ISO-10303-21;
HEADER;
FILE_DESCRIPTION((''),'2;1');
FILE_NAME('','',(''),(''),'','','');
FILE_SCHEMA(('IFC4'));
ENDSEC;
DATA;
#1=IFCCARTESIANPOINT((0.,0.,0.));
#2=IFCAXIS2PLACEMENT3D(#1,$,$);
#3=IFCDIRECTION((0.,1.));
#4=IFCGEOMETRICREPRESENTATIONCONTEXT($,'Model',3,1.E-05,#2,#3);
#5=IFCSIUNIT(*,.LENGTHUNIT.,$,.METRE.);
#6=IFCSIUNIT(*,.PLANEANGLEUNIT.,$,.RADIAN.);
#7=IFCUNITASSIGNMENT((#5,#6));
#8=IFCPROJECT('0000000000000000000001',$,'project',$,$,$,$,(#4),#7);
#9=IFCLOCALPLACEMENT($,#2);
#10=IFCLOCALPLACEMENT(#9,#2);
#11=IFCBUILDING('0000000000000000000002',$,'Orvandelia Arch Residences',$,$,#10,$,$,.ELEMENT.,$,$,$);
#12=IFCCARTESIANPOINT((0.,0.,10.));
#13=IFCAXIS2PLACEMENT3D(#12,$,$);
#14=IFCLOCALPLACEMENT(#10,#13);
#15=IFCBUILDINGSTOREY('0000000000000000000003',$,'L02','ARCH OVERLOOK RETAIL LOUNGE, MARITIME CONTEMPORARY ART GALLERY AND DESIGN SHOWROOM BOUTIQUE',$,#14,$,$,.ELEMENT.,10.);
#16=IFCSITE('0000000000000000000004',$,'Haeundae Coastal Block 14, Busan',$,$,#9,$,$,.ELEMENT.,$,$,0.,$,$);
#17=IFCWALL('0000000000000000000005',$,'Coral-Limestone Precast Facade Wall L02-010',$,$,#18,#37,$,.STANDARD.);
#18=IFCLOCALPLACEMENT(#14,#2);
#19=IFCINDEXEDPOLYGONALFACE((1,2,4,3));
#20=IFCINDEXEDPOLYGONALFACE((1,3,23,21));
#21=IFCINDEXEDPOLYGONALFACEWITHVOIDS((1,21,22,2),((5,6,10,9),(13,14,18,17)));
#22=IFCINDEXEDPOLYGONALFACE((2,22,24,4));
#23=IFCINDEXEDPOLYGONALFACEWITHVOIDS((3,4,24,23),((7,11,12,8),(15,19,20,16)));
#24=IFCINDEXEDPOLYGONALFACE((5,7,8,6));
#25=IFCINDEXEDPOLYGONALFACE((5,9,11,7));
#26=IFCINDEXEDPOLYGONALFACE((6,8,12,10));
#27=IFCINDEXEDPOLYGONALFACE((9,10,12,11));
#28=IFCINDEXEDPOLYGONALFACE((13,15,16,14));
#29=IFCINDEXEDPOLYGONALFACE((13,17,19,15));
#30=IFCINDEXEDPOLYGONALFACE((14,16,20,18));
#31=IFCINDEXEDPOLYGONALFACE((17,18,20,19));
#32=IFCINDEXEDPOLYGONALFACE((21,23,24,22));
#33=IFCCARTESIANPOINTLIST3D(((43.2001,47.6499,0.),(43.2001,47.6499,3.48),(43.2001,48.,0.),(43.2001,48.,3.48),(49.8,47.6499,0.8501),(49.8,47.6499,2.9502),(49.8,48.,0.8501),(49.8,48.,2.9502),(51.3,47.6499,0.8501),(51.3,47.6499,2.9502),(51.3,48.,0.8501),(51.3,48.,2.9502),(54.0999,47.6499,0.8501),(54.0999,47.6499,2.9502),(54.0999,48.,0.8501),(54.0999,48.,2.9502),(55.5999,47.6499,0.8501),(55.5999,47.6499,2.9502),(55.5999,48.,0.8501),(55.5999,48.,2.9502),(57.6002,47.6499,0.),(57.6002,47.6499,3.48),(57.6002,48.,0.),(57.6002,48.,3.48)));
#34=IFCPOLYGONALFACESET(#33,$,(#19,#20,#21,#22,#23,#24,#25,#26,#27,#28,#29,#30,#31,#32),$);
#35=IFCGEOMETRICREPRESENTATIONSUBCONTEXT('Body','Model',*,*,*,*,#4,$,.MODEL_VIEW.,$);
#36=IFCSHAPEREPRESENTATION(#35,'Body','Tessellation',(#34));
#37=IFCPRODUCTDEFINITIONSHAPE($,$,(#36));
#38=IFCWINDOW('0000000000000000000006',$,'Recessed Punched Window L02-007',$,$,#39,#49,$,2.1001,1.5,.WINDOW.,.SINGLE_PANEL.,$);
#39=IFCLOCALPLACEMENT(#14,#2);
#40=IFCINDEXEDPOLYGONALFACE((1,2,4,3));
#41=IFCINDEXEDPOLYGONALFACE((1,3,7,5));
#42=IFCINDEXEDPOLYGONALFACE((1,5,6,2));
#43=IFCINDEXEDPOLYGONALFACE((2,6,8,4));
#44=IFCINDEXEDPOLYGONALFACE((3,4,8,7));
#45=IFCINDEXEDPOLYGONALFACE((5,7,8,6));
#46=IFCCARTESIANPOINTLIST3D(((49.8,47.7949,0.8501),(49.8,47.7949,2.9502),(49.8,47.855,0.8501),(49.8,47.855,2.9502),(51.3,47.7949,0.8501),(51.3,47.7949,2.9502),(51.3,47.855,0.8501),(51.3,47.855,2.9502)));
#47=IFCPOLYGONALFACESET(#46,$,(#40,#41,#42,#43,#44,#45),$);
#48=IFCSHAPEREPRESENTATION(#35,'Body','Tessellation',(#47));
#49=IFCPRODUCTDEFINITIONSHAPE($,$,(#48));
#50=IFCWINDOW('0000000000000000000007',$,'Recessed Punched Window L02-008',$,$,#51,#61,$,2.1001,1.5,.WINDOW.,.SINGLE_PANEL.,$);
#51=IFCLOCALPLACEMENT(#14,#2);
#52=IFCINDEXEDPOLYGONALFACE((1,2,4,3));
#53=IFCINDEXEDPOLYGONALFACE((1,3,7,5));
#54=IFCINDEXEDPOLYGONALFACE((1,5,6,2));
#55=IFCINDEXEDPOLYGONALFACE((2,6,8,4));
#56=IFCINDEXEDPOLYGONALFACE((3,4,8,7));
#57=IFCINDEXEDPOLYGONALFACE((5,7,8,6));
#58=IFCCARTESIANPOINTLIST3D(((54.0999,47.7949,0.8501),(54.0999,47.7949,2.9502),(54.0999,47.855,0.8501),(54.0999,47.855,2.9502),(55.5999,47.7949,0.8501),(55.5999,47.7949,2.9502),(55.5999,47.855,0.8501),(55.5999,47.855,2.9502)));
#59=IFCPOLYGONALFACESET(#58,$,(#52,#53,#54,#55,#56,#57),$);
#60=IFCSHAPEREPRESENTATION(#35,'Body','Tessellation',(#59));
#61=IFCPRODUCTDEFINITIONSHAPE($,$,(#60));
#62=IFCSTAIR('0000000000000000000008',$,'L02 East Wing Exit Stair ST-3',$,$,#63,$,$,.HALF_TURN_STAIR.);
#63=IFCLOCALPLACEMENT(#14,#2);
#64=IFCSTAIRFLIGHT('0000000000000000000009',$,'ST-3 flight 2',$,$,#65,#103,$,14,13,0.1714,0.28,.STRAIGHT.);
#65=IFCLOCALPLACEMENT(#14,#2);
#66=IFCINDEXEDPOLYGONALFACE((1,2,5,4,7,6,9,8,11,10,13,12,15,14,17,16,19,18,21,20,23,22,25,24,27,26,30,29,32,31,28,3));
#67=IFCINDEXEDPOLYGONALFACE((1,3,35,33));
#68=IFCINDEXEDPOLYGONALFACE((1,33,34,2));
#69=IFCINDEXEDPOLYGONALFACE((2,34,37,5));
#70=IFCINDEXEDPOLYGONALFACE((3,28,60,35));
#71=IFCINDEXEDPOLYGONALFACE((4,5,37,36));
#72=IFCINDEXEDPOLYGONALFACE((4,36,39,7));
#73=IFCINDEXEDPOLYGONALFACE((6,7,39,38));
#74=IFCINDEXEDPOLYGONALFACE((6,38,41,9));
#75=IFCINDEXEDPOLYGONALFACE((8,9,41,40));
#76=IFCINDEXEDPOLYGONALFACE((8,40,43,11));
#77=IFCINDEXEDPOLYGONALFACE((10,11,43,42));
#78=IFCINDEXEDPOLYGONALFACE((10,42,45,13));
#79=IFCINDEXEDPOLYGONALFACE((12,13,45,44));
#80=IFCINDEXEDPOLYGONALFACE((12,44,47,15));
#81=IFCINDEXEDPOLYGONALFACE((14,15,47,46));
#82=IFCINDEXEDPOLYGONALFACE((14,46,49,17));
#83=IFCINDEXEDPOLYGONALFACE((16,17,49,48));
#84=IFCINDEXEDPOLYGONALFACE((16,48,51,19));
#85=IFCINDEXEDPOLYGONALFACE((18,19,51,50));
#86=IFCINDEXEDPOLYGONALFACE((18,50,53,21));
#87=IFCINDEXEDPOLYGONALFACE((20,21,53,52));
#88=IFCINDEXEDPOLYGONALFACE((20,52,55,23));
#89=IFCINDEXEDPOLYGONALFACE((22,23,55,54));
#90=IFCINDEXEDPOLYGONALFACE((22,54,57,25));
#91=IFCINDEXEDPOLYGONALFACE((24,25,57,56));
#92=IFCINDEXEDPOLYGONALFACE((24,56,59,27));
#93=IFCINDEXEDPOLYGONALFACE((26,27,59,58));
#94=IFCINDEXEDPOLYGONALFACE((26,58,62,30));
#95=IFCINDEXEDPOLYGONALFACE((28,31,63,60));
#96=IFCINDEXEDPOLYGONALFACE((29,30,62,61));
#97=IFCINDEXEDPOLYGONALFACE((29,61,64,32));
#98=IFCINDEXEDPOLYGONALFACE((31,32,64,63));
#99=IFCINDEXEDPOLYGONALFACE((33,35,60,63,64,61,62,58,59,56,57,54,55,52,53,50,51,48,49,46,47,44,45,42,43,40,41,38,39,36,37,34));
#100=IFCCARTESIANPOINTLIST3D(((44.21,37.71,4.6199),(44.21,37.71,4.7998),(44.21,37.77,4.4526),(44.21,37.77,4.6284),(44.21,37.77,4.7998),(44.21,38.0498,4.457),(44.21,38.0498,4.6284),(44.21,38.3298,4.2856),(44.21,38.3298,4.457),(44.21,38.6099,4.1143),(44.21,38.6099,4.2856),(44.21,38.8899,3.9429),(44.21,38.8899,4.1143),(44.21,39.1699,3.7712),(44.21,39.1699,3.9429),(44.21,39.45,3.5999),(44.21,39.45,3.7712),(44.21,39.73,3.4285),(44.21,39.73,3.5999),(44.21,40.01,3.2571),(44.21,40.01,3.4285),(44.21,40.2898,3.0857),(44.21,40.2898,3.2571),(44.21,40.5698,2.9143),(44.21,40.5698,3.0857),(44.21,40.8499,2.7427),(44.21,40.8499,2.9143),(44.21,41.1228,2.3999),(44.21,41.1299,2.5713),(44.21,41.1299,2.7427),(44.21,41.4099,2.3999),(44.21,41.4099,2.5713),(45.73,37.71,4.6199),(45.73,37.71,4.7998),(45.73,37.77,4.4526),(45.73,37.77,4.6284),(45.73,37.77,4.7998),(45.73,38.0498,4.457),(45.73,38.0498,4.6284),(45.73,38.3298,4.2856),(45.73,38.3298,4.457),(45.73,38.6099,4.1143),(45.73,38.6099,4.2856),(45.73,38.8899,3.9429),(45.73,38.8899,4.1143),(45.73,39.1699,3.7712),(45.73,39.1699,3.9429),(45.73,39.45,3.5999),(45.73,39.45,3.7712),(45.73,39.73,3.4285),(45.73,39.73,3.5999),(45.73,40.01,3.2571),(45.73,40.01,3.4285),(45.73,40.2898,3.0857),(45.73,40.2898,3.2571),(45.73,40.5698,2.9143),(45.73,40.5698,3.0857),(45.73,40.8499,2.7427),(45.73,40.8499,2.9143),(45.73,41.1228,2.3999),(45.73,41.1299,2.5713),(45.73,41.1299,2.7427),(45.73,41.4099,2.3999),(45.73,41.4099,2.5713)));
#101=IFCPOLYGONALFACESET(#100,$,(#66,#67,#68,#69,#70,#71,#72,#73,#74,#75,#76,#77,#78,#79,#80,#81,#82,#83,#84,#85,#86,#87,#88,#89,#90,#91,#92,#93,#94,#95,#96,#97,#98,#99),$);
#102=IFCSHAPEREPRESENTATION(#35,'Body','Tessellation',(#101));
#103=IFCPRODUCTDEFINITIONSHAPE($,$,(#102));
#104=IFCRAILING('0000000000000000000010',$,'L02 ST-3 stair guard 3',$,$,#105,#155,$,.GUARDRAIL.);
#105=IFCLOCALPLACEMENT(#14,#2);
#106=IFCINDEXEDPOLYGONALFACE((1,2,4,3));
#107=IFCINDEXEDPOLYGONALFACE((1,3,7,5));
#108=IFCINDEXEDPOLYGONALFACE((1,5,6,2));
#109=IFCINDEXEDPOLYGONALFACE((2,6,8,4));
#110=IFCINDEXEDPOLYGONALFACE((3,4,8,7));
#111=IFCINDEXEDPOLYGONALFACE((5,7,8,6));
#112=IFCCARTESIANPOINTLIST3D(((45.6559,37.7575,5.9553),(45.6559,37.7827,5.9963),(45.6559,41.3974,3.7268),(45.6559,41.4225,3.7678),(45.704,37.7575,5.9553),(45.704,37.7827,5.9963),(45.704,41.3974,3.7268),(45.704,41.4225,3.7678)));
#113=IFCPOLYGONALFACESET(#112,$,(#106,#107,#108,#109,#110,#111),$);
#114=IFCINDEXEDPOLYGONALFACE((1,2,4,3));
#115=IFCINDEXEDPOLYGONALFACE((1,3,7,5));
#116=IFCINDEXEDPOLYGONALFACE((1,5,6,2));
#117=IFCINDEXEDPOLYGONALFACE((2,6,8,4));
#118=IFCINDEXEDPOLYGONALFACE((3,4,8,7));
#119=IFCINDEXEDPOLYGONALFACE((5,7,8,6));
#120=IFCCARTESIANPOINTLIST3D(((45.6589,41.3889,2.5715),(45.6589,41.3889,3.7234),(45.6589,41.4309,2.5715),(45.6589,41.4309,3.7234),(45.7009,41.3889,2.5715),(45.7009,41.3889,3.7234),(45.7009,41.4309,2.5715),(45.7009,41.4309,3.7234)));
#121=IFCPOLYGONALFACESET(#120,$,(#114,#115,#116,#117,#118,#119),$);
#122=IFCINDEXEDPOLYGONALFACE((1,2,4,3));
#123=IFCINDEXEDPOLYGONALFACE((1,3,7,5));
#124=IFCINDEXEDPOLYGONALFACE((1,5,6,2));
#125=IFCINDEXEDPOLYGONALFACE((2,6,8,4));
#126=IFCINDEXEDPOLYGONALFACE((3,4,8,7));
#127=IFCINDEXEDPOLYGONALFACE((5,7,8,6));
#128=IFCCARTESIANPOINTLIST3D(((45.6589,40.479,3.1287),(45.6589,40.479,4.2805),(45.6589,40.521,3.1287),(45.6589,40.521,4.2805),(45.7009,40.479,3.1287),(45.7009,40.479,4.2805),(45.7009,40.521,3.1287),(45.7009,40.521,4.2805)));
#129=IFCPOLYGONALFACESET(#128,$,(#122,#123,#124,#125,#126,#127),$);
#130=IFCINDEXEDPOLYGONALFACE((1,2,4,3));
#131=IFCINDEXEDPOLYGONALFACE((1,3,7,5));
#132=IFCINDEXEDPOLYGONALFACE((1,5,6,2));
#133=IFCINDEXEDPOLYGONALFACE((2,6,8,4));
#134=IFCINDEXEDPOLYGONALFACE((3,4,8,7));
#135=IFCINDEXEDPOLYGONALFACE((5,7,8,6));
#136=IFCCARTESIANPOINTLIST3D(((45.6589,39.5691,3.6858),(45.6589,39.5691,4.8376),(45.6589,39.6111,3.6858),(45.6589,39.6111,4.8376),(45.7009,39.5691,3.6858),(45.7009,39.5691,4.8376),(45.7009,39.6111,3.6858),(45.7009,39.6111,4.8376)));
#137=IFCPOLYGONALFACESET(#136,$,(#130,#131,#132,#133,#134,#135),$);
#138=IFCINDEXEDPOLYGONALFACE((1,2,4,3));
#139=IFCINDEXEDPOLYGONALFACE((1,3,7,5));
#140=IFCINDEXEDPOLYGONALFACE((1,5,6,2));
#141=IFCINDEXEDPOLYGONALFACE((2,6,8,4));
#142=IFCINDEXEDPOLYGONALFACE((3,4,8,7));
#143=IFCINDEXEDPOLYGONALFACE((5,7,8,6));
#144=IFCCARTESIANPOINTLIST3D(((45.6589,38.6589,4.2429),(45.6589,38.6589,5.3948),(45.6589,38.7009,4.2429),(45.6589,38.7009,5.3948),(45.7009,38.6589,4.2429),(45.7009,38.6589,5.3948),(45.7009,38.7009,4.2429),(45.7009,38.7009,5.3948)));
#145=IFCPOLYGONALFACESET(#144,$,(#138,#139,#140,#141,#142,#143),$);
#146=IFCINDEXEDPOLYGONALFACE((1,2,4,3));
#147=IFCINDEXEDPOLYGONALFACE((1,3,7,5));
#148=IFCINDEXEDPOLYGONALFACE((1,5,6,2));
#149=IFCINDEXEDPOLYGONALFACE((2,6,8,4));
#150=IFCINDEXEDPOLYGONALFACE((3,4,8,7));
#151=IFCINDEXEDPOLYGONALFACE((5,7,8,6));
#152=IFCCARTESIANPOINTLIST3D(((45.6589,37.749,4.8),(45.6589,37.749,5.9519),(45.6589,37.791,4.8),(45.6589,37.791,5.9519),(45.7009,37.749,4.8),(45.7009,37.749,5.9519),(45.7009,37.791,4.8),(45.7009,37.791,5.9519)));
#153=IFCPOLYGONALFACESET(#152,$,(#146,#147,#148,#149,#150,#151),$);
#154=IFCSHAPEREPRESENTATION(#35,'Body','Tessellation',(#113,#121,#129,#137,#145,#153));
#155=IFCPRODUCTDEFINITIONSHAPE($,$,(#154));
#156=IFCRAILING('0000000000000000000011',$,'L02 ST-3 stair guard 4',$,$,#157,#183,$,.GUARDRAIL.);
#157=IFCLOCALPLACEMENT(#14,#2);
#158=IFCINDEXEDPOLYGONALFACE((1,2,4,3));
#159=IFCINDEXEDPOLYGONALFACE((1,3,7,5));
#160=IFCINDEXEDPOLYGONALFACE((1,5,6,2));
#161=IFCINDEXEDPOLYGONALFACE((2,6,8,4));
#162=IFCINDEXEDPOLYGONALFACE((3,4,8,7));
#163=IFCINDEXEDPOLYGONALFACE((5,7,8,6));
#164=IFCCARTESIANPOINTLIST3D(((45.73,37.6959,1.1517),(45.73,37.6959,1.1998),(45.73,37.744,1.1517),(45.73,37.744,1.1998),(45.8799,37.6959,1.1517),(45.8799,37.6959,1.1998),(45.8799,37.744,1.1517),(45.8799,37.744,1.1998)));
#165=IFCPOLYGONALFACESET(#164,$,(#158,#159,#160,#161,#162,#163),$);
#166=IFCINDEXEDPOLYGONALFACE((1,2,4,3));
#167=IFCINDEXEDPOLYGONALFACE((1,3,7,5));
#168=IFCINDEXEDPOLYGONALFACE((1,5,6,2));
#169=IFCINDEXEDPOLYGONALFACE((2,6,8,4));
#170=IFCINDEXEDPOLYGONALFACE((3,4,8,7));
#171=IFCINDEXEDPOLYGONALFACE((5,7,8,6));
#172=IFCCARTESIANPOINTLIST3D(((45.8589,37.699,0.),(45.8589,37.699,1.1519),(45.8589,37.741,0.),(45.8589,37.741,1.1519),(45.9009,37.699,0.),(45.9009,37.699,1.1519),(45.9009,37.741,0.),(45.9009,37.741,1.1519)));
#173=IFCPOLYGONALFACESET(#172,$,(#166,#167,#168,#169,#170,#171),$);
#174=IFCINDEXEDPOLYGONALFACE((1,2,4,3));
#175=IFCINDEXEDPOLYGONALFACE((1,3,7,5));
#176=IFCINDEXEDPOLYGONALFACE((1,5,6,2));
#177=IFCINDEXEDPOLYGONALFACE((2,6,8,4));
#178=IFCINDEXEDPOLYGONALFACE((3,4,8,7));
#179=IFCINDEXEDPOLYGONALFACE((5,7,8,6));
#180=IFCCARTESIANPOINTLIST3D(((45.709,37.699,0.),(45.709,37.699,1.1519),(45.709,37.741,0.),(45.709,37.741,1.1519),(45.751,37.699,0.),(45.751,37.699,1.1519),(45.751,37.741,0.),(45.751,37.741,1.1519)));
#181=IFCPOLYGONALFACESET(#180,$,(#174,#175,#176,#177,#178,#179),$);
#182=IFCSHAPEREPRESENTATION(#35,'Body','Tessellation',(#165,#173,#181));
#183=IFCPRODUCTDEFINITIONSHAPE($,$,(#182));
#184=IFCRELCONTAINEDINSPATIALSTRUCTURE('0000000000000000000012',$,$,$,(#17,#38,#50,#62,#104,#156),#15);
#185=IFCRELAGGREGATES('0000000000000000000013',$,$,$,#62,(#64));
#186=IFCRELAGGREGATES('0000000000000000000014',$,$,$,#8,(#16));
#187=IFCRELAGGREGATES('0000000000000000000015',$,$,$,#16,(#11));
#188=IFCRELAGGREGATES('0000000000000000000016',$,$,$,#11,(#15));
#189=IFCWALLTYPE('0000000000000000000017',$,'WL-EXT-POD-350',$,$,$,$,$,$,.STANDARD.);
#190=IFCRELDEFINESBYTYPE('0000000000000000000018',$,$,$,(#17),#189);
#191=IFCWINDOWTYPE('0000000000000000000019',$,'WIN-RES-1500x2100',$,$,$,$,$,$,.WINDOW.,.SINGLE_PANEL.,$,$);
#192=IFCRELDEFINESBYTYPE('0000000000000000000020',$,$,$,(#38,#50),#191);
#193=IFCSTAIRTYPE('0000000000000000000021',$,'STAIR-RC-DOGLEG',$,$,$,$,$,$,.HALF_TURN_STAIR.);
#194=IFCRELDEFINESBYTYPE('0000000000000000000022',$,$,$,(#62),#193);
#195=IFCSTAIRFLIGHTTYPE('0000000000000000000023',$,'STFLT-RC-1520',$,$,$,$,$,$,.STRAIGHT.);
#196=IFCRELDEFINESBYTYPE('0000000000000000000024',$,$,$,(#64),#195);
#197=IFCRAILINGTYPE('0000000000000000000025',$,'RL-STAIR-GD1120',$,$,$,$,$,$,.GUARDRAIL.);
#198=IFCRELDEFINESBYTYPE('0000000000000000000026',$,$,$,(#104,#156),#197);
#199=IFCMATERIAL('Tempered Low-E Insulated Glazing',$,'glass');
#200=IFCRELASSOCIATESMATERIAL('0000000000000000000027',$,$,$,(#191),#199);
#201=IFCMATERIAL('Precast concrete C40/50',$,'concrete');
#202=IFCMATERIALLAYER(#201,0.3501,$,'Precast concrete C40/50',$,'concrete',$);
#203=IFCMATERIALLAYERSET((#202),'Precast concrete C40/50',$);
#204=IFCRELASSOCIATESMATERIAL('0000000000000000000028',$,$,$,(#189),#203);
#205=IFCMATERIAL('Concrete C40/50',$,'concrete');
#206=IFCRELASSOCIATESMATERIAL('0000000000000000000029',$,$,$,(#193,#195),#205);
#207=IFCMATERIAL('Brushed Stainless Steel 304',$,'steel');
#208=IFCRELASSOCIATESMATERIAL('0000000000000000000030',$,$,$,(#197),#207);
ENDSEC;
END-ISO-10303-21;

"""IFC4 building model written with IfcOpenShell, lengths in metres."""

from ifc_helpers import new_model, si_unit, direction, frame, frame_2d, origin, origin_2d, place, context, subcontext, project, spatial, polyline, rectangle, outline, extrude, material, layer, layer_set, type_object, element, fill, aggregate, save


model = new_model("IFC4")

# Units and contexts
model_context = context("Model", 3, precision=1e-05, world=origin(), true_north=direction((0.0, 1.0)))
body_context = subcontext(model_context, "Body", "Model", "MODEL_VIEW")
ifc_project = project(units=[si_unit("LENGTHUNIT", "METRE"), si_unit("PLANEANGLEUNIT", "RADIAN")], contexts=[model_context])

# Site, building, storey
site_placement = place(None, origin())
site = spatial("IfcSite", under=ifc_project, at=site_placement, Name="Haeundae Coastal Block 14, Busan", CompositionType="ELEMENT", RefElevation=0.0)
building_placement = place(site_placement, origin())
building = spatial("IfcBuilding", under=site, at=building_placement, Name="Orvandelia Arch Residences", CompositionType="ELEMENT")
storey_placement = place(building_placement, frame((0.0, 0.0, 10.0)))
storey = spatial("IfcBuildingStorey", under=building, at=storey_placement, Name="L02", Description="ARCH OVERLOOK RETAIL LOUNGE, MARITIME CONTEMPORARY ART GALLERY AND DESIGN SHOWROOM BOUTIQUE", CompositionType="ELEMENT", Elevation=10.0)

# Shared definitions
ifc_material_1 = material(Name="Precast concrete C40/50", Category="concrete")
ifc_material_2 = material(Name="Tempered Low-E Insulated Glazing", Category="glass")
window_type = type_object("IfcWindowType", Name="WIN-RES-1500x2100", PartitioningType="SINGLE_PANEL", PredefinedType="WINDOW", material=ifc_material_2)

# Wall, openings, windows
ifc_layer_1 = layer(ifc_material_1, 0.3501, Name="Precast concrete C40/50", Category="concrete")
ifc_layer_set_1 = layer_set([ifc_layer_1], Name="Precast concrete C40/50")
wall_type_1 = type_object("IfcWallType", Name="WL-EXT-POD-350", PredefinedType="STANDARD", material=ifc_layer_set_1)
wall_1_placement = place(storey_placement, frame((43.2, 47.825, 0.0), z_axis=(0.0, 0.0, 1.0), x_axis=(1.0, 0.0, 0.0)))
wall_1 = element("IfcWall", 1, at=wall_1_placement, inside=storey, type_object=wall_type_1, Name="Coral-Limestone Precast Facade Wall L02-010", PredefinedType="STANDARD", context=body_context, shape_type="SweptSolid", body=[
    extrude(rectangle(XDim=14.4001, YDim=0.3501, at=frame_2d((7.2002, 0.0))), origin(), (0.0, 0.0, 1.0), 3.48),
])
opening_1_placement = place(wall_1_placement, frame((6.6001, 0.0, 0.8501)))
opening_1 = element("IfcOpeningElement", 2, at=opening_1_placement, cuts=wall_1, PredefinedType="OPENING", context=body_context, shape_type="SweptSolid", body=[
    extrude(rectangle(XDim=1.5, YDim=2.1001, at=frame_2d((0.75, 1.05))), frame((0.0, 0.1851, 0.0), z_axis=(0.0, -1.0, 0.0), x_axis=(1.0, 0.0, 0.0)), (0.0, 0.0, 1.0), 0.3701),
])
opening_2_placement = place(wall_1_placement, frame((10.8999, 0.0, 0.8501)))
opening_2 = element("IfcOpeningElement", 3, at=opening_2_placement, cuts=wall_1, PredefinedType="OPENING", context=body_context, shape_type="SweptSolid", body=[
    extrude(rectangle(XDim=1.5, YDim=2.1001, at=frame_2d((0.75, 1.05))), frame((0.0, 0.1851, 0.0), z_axis=(0.0, -1.0, 0.0), x_axis=(1.0, 0.0, 0.0)), (0.0, 0.0, 1.0), 0.3701),
])
window_1_placement = place(opening_1_placement, origin())
window_1 = element("IfcWindow", 4, at=window_1_placement, inside=storey, type_object=window_type, Name="Recessed Punched Window L02-007", OverallHeight=2.1001, OverallWidth=1.5, PartitioningType="SINGLE_PANEL", PredefinedType="WINDOW", context=body_context, shape_type="SweptSolid", body=[
    extrude(rectangle(XDim=1.5, YDim=2.1001, at=frame_2d((0.75, 1.05))), frame((0.0, 0.03, 0.0), z_axis=(0.0, -1.0, 0.0), x_axis=(1.0, 0.0, 0.0)), (0.0, 0.0, 1.0), 0.0601),
])
fill(opening_1, window_1)
window_2_placement = place(opening_2_placement, origin())
window_2 = element("IfcWindow", 5, at=window_2_placement, inside=storey, type_object=window_type, Name="Recessed Punched Window L02-008", OverallHeight=2.1001, OverallWidth=1.5, PartitioningType="SINGLE_PANEL", PredefinedType="WINDOW", context=body_context, shape_type="SweptSolid", body=[
    extrude(rectangle(XDim=1.5, YDim=2.1001, at=frame_2d((0.75, 1.05))), frame((0.0, 0.03, 0.0), z_axis=(0.0, -1.0, 0.0), x_axis=(1.0, 0.0, 0.0)), (0.0, 0.0, 1.0), 0.0601),
])
fill(opening_2, window_2)

# Stair, stair flight
ifc_material_3 = material(Name="Concrete C40/50", Category="concrete")
stair_type = type_object("IfcStairType", Name="STAIR-RC-DOGLEG", PredefinedType="HALF_TURN_STAIR", material=ifc_material_3)
stair_placement = place(storey_placement, origin())
stair = element("IfcStair", 6, at=stair_placement, inside=storey, type_object=stair_type, Name="L02 East Wing Exit Stair ST-3", PredefinedType="HALF_TURN_STAIR")
stair_flight_type = type_object("IfcStairFlightType", Name="STFLT-RC-1520", PredefinedType="STRAIGHT", material=ifc_material_3)
stair_flight_placement = place(storey_placement, frame((44.97, 41.4099, 2.3999), z_axis=(0.0, 0.0, 1.0), x_axis=(0.0, -1.0, 0.0)))
stair_flight = element("IfcStairFlight", 7, at=stair_flight_placement, type_object=stair_flight_type, Name="ST-3 flight 2", NumberOfRisers=14, NumberOfTreads=13, PredefinedType="STRAIGHT", RiserHeight=0.1714, TreadLength=0.28, context=body_context, shape_type="SweptSolid", body=[
    extrude(outline(polyline([(0.0, 0.0), (0.0, 0.1714), (0.28, 0.1714), (0.28, 0.3428), (0.5601, 0.3428), (0.5601, 0.5144), (0.8401, 0.5144), (0.8401, 0.6858), (1.1201, 0.6858), (1.1201, 0.8572), (1.3999, 0.8572), (1.3999, 1.0286), (1.6799, 1.0286), (1.6799, 1.2), (1.96, 1.2), (1.96, 1.3713), (2.24, 1.3713), (2.24, 1.543), (2.52, 1.543), (2.52, 1.7144), (2.8, 1.7144), (2.8, 1.8857), (3.0801, 1.8857), (3.0801, 2.0571), (3.3601, 2.0571), (3.3601, 2.2285), (3.6399, 2.2285), (3.6399, 2.3999), (3.7, 2.3999), (3.7, 2.22), (3.6399, 2.0527), (0.2871, 0.0), (0.0, 0.0)])), frame((0.0, 0.76, 0.0), z_axis=(0.0, -1.0, 0.0), x_axis=(1.0, 0.0, 0.0)), (0.0, 0.0, 1.0), 1.52),
])
aggregate(stair, [stair_flight])

# Railings
ifc_material_4 = material(Name="Brushed Stainless Steel 304", Category="steel")
railing_type_1 = type_object("IfcRailingType", Name="RL-STAIR-GD1120", PredefinedType="GUARDRAIL", material=ifc_material_4)
railing_1_placement = place(storey_placement, frame((45.6799, 41.4099, 2.5715)))
element("IfcRailing", 8, at=railing_1_placement, inside=storey, type_object=railing_type_1, Name="L02 ST-3 stair guard 3", PredefinedType="GUARDRAIL", context=body_context, shape_type="SweptSolid", body=[
    extrude(rectangle(XDim=0.0481, YDim=0.0481, at=origin_2d()), frame((0.0, 0.0, 1.1758), z_axis=(0.0, -0.85285, 0.522156), x_axis=(1.0, 0.0, 0.0)), (0.0, 0.0, 1.0), 4.2678),
    extrude(rectangle(XDim=0.042, YDim=0.042, at=origin_2d()), origin(), (0.0, 0.0, 1.0), 1.1519),
    extrude(rectangle(XDim=0.042, YDim=0.042, at=origin_2d()), frame((0.0, -0.9099, 0.5571)), (0.0, 0.0, 1.0), 1.1519),
    extrude(rectangle(XDim=0.042, YDim=0.042, at=origin_2d()), frame((0.0, -1.8198, 1.1143)), (0.0, 0.0, 1.0), 1.1519),
    extrude(rectangle(XDim=0.042, YDim=0.042, at=origin_2d()), frame((0.0, -2.73, 1.6714)), (0.0, 0.0, 1.0), 1.1519),
    extrude(rectangle(XDim=0.042, YDim=0.042, at=origin_2d()), frame((0.0, -3.6399, 2.2285)), (0.0, 0.0, 1.0), 1.1519),
])
railing_2_placement = place(storey_placement, frame((45.8799, 37.72, 0.0)))
element("IfcRailing", 9, at=railing_2_placement, inside=storey, type_object=railing_type_1, Name="L02 ST-3 stair guard 4", PredefinedType="GUARDRAIL", context=body_context, shape_type="SweptSolid", body=[
    extrude(rectangle(XDim=0.0481, YDim=0.0481, at=origin_2d()), frame((0.0, 0.0, 1.1758), z_axis=(-1.0, 0.0, 0.0), x_axis=(0.0, -1.0, 0.0)), (0.0, 0.0, 1.0), 0.1499),
    extrude(rectangle(XDim=0.042, YDim=0.042, at=origin_2d()), origin(), (0.0, 0.0, 1.0), 1.1519),
    extrude(rectangle(XDim=0.042, YDim=0.042, at=origin_2d()), frame((-0.1499, 0.0, 0.0)), (0.0, 0.0, 1.0), 1.1519),
])

save(model, "model.ifc")
